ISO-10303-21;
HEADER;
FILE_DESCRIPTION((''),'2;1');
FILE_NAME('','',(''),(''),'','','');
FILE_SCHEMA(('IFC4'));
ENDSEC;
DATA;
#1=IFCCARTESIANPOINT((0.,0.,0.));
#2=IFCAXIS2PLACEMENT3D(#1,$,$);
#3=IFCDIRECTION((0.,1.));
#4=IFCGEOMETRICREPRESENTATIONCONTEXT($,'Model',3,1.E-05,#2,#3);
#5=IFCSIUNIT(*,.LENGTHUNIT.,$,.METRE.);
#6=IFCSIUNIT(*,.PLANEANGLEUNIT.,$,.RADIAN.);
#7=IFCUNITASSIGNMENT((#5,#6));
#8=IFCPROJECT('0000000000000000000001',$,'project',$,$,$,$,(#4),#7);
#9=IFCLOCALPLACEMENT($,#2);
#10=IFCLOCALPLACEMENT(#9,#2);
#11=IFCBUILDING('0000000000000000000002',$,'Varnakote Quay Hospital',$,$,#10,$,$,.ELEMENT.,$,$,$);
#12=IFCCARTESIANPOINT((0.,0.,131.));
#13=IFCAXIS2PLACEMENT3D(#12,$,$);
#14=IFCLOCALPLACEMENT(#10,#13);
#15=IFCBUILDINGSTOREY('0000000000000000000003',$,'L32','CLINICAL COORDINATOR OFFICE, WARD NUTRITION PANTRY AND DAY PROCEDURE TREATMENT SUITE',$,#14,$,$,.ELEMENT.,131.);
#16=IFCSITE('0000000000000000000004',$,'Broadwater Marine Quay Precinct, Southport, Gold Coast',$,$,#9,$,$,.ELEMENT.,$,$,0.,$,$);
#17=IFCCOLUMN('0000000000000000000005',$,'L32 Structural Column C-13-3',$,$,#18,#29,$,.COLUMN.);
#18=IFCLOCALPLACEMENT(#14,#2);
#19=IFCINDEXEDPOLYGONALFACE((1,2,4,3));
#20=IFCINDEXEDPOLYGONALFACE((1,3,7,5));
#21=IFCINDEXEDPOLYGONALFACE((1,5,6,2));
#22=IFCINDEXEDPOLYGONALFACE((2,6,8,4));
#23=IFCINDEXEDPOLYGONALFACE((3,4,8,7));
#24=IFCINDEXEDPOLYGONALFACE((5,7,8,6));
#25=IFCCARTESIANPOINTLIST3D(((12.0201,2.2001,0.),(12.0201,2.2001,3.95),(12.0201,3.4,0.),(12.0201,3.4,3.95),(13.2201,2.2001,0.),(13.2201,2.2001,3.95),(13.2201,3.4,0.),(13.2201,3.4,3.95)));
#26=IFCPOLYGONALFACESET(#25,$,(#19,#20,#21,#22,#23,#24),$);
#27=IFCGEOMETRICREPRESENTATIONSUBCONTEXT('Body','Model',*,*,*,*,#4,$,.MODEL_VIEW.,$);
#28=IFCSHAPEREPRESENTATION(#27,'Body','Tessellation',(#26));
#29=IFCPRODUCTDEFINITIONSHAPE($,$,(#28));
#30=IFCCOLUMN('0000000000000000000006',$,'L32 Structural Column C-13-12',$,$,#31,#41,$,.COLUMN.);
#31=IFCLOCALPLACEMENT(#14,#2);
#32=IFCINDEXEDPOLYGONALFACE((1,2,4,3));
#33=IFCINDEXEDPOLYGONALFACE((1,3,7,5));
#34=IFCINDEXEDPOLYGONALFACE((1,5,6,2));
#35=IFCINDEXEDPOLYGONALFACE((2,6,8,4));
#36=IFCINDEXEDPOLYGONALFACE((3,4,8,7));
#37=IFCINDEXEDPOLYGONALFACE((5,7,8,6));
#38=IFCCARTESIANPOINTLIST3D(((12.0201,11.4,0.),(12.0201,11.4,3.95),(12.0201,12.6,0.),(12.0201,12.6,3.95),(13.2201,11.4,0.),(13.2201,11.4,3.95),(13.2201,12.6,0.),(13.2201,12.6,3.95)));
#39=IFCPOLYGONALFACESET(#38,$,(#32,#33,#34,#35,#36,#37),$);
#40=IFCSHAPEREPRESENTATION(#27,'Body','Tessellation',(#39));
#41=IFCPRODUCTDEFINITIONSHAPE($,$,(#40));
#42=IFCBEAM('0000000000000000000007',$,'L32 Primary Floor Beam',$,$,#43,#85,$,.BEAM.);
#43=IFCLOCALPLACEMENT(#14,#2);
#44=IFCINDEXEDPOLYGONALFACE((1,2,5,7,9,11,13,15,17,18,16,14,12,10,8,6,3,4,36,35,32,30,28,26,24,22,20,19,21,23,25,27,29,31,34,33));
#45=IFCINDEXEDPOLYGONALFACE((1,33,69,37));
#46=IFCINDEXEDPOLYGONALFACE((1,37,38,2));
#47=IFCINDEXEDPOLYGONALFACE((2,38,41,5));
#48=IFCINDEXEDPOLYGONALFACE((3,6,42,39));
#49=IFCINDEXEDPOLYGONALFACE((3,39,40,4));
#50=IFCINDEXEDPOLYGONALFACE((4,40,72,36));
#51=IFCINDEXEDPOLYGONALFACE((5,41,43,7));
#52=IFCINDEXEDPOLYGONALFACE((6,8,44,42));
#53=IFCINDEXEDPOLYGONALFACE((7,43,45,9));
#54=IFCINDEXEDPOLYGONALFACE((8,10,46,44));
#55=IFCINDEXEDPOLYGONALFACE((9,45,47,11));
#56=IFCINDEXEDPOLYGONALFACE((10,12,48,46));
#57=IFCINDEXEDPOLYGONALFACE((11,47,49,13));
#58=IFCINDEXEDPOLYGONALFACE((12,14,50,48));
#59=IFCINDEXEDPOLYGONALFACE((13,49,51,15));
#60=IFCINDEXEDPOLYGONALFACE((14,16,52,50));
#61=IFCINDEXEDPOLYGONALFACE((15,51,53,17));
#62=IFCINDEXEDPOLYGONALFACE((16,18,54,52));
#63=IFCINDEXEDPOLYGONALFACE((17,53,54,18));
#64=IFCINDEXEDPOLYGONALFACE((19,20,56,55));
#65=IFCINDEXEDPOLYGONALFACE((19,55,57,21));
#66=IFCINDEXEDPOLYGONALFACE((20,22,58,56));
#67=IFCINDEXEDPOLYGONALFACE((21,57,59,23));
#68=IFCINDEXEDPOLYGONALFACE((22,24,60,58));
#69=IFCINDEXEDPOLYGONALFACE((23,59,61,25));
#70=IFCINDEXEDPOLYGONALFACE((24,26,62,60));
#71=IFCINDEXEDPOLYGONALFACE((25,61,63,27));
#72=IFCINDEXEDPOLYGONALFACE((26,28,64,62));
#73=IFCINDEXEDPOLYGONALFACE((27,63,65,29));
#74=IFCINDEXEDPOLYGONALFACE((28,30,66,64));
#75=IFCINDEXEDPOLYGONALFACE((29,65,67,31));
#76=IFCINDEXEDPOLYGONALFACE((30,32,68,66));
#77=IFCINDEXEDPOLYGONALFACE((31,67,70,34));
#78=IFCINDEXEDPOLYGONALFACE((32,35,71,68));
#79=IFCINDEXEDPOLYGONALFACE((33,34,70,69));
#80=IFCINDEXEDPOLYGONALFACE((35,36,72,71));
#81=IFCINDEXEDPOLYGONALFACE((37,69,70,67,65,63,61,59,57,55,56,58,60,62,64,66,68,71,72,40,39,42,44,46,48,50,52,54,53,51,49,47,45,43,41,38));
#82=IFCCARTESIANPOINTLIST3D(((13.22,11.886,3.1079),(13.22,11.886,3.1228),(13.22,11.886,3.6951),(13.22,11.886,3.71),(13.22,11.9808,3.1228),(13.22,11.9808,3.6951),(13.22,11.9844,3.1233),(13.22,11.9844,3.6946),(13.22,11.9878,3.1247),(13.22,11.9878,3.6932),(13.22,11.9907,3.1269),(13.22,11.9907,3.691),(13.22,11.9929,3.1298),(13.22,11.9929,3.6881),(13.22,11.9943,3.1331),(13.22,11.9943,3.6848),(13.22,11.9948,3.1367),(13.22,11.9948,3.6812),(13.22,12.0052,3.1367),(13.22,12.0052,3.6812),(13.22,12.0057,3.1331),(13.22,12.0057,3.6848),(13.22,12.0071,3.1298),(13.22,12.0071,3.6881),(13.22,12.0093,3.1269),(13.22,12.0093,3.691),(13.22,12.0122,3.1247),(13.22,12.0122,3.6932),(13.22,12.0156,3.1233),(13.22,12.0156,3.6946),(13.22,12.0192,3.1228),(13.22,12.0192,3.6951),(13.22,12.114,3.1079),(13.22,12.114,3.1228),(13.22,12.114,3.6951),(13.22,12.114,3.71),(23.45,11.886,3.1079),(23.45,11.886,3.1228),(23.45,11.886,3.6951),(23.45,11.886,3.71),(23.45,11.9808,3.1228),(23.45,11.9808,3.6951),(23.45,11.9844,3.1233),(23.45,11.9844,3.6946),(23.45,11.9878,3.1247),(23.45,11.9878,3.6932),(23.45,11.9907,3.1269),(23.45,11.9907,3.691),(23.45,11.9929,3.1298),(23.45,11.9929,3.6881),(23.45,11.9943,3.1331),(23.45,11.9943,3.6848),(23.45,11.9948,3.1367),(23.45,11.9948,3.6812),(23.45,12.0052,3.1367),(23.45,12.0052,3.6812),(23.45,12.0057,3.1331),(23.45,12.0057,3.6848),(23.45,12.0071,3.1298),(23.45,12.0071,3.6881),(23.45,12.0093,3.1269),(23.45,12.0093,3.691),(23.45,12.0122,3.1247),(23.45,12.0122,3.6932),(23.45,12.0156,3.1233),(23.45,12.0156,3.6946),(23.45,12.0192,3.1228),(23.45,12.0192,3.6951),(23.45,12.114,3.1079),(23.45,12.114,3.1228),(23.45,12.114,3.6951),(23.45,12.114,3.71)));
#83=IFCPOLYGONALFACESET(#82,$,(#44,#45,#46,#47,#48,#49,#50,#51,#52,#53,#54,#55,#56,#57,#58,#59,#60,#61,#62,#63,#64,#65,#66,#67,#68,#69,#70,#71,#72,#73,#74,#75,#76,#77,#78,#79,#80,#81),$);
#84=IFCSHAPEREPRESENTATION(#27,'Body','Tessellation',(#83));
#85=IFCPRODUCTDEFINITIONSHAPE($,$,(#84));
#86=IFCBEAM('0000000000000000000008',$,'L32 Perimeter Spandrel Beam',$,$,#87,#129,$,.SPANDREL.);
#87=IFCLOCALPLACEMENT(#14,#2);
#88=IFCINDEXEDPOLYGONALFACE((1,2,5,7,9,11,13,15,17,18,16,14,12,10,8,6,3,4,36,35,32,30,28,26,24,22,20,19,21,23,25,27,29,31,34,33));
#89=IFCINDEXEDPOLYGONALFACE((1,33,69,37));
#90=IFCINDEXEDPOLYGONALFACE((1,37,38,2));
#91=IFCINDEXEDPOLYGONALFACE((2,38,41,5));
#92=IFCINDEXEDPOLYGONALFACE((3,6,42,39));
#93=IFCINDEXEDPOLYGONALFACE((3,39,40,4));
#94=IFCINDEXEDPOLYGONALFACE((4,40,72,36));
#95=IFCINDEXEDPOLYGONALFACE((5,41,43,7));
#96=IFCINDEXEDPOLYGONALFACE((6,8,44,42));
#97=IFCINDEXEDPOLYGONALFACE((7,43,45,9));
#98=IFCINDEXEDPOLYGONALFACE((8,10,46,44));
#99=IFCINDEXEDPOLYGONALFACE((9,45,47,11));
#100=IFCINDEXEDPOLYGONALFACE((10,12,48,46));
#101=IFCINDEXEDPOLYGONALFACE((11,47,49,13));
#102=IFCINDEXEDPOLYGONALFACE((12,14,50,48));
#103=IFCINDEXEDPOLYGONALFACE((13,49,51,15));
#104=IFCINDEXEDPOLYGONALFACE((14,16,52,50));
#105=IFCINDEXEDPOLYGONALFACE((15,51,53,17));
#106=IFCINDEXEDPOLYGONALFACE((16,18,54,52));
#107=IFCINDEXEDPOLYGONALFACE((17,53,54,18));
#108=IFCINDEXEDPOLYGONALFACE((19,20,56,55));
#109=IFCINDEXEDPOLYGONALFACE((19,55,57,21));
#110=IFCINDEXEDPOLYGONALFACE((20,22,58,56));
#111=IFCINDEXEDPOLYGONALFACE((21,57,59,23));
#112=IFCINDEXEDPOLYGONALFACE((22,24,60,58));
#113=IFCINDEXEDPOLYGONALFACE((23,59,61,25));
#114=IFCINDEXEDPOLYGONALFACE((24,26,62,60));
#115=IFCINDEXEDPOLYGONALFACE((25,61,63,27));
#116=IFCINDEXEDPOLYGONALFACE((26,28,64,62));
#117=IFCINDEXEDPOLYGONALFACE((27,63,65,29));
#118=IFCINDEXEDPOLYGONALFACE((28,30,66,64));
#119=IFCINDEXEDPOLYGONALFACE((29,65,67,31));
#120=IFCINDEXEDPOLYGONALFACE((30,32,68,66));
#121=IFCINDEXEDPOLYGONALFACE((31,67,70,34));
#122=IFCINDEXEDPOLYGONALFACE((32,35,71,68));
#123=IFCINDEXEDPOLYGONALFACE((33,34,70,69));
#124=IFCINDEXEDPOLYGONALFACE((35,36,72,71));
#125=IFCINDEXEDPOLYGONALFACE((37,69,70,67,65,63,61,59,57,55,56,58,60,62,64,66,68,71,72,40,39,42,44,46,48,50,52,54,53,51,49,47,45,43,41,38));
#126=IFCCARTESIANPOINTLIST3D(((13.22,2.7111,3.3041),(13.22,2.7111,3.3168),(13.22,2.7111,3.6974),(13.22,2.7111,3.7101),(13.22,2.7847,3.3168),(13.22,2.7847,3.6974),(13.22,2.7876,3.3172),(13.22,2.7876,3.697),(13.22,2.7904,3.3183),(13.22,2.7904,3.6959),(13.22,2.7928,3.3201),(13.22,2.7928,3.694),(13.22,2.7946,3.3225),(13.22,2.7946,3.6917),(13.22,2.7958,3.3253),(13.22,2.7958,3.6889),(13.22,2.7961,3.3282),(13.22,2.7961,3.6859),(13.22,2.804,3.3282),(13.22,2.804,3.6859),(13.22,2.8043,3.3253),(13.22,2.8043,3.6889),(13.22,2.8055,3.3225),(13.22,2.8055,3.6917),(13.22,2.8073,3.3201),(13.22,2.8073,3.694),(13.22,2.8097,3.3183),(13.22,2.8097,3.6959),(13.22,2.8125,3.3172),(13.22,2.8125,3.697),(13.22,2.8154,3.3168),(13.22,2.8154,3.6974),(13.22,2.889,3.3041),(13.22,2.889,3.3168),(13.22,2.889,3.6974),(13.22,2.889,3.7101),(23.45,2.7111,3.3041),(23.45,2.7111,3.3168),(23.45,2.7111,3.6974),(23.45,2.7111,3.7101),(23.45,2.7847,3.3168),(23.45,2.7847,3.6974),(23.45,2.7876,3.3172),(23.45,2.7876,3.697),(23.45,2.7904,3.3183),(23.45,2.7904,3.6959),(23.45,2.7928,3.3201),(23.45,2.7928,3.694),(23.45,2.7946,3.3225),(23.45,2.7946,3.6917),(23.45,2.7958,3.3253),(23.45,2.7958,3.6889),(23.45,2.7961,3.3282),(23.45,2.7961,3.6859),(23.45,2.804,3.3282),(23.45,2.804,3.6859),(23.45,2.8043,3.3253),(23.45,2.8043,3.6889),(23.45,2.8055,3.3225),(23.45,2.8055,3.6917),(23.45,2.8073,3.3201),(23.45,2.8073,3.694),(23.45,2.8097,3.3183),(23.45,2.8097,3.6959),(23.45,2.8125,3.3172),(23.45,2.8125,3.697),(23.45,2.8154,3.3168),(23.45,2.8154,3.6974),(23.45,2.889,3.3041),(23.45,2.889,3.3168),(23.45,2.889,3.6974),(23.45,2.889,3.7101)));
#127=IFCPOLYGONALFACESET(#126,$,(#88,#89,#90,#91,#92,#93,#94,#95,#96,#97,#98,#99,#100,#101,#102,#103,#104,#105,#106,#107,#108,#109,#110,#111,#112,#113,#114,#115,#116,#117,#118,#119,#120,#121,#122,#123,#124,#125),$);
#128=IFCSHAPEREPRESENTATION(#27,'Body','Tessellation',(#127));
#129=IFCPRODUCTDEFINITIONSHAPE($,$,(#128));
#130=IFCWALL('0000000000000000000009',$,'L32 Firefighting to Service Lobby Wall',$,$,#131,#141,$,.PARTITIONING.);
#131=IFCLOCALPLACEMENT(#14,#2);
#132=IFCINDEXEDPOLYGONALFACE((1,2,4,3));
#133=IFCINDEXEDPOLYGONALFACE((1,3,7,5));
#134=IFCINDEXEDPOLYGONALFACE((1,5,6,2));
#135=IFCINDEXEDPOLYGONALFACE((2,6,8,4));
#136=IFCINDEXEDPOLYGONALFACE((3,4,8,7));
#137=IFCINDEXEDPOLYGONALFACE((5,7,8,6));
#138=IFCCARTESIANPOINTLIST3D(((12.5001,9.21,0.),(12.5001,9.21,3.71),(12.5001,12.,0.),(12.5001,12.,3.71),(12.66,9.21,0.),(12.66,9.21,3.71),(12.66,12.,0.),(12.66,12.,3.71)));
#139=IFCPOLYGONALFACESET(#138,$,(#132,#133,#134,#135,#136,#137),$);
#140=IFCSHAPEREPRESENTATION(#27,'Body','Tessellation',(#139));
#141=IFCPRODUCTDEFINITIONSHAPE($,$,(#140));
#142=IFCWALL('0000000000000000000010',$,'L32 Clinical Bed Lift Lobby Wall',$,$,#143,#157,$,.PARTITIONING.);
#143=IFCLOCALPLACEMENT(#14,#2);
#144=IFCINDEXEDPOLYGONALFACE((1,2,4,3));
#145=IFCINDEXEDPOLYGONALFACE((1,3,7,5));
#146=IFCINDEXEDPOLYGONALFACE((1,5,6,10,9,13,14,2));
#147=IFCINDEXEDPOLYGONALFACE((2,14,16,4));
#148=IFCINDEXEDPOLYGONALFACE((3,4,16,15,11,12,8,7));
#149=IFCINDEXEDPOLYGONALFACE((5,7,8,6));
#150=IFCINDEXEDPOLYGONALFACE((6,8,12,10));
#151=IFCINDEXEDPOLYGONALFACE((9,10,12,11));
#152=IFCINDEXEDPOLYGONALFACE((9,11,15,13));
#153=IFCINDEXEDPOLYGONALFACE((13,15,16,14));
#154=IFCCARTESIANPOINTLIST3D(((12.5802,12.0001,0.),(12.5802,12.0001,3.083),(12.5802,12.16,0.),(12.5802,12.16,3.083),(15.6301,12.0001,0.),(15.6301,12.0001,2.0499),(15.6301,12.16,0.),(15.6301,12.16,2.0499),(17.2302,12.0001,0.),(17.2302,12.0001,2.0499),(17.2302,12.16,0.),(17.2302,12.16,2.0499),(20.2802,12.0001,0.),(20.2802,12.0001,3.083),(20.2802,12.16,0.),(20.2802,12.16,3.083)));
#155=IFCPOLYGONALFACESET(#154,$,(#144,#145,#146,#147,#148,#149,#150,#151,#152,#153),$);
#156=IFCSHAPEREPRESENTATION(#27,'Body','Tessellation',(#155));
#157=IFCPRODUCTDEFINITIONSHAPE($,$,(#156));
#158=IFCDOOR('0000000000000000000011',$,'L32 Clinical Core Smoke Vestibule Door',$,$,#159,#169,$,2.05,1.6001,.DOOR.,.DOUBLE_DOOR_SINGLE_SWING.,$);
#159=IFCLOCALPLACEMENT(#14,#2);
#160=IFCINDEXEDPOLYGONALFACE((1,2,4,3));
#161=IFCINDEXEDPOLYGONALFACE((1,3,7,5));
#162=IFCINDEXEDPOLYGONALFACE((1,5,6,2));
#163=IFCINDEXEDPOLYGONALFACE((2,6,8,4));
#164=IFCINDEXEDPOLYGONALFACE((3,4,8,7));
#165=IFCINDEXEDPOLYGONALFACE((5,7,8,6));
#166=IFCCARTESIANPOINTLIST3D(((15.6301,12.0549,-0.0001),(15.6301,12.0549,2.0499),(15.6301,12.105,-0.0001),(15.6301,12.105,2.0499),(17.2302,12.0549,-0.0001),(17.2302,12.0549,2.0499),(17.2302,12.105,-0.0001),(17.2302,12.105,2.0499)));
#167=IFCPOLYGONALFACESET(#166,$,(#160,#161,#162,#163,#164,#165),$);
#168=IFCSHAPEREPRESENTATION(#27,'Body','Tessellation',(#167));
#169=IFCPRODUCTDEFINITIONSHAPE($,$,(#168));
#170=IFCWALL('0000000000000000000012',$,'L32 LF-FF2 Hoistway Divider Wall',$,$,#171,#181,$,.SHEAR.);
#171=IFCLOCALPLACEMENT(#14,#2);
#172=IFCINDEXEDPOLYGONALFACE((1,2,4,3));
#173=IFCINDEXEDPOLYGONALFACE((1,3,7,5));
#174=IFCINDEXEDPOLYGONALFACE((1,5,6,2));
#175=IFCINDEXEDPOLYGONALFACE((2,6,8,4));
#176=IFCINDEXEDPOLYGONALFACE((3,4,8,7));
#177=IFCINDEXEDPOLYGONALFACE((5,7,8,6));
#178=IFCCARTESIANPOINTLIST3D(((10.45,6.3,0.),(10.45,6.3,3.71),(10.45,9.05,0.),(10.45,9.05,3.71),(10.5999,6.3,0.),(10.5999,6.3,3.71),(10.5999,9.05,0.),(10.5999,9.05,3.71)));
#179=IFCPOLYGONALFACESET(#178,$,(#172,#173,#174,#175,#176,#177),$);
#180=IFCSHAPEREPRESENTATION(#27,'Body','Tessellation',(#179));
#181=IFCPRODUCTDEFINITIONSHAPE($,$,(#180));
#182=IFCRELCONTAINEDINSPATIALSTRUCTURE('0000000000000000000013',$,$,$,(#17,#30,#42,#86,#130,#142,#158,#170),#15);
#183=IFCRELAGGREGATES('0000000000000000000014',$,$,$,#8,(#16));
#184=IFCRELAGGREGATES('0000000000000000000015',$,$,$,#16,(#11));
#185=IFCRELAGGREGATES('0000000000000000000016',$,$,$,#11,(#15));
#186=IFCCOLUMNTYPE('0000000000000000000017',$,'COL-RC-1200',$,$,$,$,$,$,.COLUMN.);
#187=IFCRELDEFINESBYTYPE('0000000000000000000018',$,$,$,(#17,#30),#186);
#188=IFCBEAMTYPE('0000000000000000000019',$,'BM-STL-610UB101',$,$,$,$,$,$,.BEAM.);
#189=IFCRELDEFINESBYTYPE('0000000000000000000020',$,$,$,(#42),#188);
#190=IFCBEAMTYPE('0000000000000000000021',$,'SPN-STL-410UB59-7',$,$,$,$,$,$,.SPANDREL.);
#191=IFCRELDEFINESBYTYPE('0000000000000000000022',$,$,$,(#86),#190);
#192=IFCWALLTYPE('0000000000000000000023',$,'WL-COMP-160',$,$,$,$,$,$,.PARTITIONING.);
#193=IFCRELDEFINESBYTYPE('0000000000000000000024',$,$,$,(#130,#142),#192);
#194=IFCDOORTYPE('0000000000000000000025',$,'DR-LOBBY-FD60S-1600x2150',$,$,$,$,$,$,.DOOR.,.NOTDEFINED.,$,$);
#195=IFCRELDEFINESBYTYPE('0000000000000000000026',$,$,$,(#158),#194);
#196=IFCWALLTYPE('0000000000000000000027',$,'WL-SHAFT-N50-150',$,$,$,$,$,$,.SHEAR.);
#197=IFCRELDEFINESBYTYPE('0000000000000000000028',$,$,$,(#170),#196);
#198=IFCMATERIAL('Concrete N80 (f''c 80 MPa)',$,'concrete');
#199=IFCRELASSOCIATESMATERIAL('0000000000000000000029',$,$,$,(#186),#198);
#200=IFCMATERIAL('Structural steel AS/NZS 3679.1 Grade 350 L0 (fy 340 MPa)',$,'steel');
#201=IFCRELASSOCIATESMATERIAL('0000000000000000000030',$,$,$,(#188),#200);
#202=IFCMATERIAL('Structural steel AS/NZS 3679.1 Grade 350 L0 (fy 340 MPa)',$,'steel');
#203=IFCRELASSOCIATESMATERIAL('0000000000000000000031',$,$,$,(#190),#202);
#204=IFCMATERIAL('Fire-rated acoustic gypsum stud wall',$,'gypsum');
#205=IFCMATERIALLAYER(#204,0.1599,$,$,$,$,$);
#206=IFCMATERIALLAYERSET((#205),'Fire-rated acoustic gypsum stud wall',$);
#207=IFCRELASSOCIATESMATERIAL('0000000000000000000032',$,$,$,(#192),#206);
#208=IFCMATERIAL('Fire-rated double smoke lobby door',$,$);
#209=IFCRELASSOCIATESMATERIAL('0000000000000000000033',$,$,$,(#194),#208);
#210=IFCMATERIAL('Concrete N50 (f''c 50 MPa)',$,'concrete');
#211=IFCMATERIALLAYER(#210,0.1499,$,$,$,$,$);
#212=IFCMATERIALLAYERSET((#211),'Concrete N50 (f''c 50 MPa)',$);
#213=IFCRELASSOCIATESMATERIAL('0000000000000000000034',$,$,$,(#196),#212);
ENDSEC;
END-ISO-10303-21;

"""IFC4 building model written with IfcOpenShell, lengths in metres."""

from ifc_helpers import new_model, si_unit, direction, frame, frame_2d, origin, origin_2d, place, context, subcontext, project, spatial, rectangle, i_section, extrude, material, layer, layer_set, material_profile, profile_set, type_object, element, fill, save


model = new_model("IFC4")

# Units and contexts
model_context = context("Model", 3, precision=1e-05, world=origin(), true_north=direction((0.0, 1.0)))
body_context = subcontext(model_context, "Body", "Model", "MODEL_VIEW")
ifc_project = project(units=[si_unit("LENGTHUNIT", "METRE"), si_unit("PLANEANGLEUNIT", "RADIAN")], contexts=[model_context])

# Site, building, storey
site_placement = place(None, origin())
site = spatial("IfcSite", under=ifc_project, at=site_placement, Name="Broadwater Marine Quay Precinct, Southport, Gold Coast", CompositionType="ELEMENT", RefElevation=0.0)
building_placement = place(site_placement, origin())
building = spatial("IfcBuilding", under=site, at=building_placement, Name="Varnakote Quay Hospital", CompositionType="ELEMENT")
storey_placement = place(building_placement, frame((0.0, 0.0, 131.0)))
storey = spatial("IfcBuildingStorey", under=building, at=storey_placement, Name="L32", Description="CLINICAL COORDINATOR OFFICE, WARD NUTRITION PANTRY AND DAY PROCEDURE TREATMENT SUITE", CompositionType="ELEMENT", Elevation=131.0)

# Columns
ifc_material_1 = material(Name="Concrete N80 (f'c 80 MPa)", Category="concrete")
ifc_material_profile_1 = material_profile(ifc_material_1, rectangle(XDim=1.2, YDim=1.2, at=origin_2d()), Name="RC-COL-1200x1200")
ifc_profile_set_1 = profile_set([ifc_material_profile_1], Name="Concrete N80 (f'c 80 MPa)")
column_type = type_object("IfcColumnType", Name="COL-RC-1200", PredefinedType="COLUMN", material=ifc_profile_set_1)
for number, where, z_axis, x_axis, name in (
    (1, (12.6201, 2.8, 0.0), (0.0, 0.0, 1.0), (1.0, 0.0, 0.0), "L32 Structural Column C-13-3"),
    (2, (12.6201, 12.0, 0.0), (0.0, 0.0, 1.0), (1.0, 0.0, 0.0), "L32 Structural Column C-13-12"),
):
    element("IfcColumn", number, at=place(storey_placement, frame(where, z_axis=z_axis, x_axis=x_axis)), inside=storey, type_object=column_type, Name=name, PredefinedType="COLUMN", context=body_context, shape_type="SweptSolid", body=[
        extrude(rectangle(XDim=1.2, YDim=1.2, at=origin_2d()), origin(), (0.0, 0.0, 1.0), 3.95),
    ])

# Beams
ifc_material_2 = material(Name="Structural steel AS/NZS 3679.1 Grade 350 L0 (fy 340 MPa)", Category="steel")
ifc_material_profile_2 = material_profile(ifc_material_2, i_section(OverallWidth=0.228, OverallDepth=0.6021, WebThickness=0.0105, FlangeThickness=0.0149, FilletRadius=0.0139, at=origin_2d()), Name="610UB101")
ifc_profile_set_2 = profile_set([ifc_material_profile_2], Name="Structural steel AS/NZS 3679.1 Grade 350 L0 (fy 340 MPa)")
beam_type_1 = type_object("IfcBeamType", Name="BM-STL-610UB101", PredefinedType="BEAM", material=ifc_profile_set_2)
beam_1_placement = place(storey_placement, frame((13.22, 12.0, 3.4089), z_axis=(1.0, 0.0, 0.0), x_axis=(0.0, 1.0, 0.0)))
element("IfcBeam", 3, at=beam_1_placement, inside=storey, type_object=beam_type_1, Name="L32 Primary Floor Beam", PredefinedType="BEAM", context=body_context, shape_type="SweptSolid", body=[
    extrude(i_section(OverallWidth=0.228, OverallDepth=0.6021, WebThickness=0.0105, FlangeThickness=0.0149, FilletRadius=0.0139, at=origin_2d()), origin(), (0.0, 0.0, 1.0), 10.23),
])
ifc_material_3 = material(Name="Structural steel AS/NZS 3679.1 Grade 350 L0 (fy 340 MPa)", Category="steel")
ifc_material_profile_3 = material_profile(ifc_material_3, i_section(OverallWidth=0.178, OverallDepth=0.406, WebThickness=0.0078, FlangeThickness=0.0127, FilletRadius=0.0115, at=origin_2d()), Name="410UB59.7")
ifc_profile_set_3 = profile_set([ifc_material_profile_3], Name="Structural steel AS/NZS 3679.1 Grade 350 L0 (fy 340 MPa)")
beam_type_2 = type_object("IfcBeamType", Name="SPN-STL-410UB59-7", PredefinedType="SPANDREL", material=ifc_profile_set_3)
beam_2_placement = place(storey_placement, frame((13.22, 2.8, 3.5071), z_axis=(1.0, 0.0, 0.0), x_axis=(0.0, 1.0, 0.0)))
element("IfcBeam", 4, at=beam_2_placement, inside=storey, type_object=beam_type_2, Name="L32 Perimeter Spandrel Beam", PredefinedType="SPANDREL", context=body_context, shape_type="SweptSolid", body=[
    extrude(i_section(OverallWidth=0.178, OverallDepth=0.406, WebThickness=0.0078, FlangeThickness=0.0127, FilletRadius=0.0115, at=origin_2d()), origin(), (0.0, 0.0, 1.0), 10.23),
])

# Wall
ifc_material_4 = material(Name="Fire-rated acoustic gypsum stud wall", Category="gypsum")
ifc_layer_1 = layer(ifc_material_4, 0.1599)
ifc_layer_set_1 = layer_set([ifc_layer_1], Name="Fire-rated acoustic gypsum stud wall")
wall_type_1 = type_object("IfcWallType", Name="WL-COMP-160", PredefinedType="PARTITIONING", material=ifc_layer_set_1)
wall_1_placement = place(storey_placement, frame((12.5801, 9.21, 0.0), z_axis=(0.0, 0.0, 1.0), x_axis=(0.0, 1.0, 0.0)))
element("IfcWall", 5, at=wall_1_placement, inside=storey, type_object=wall_type_1, Name="L32 Firefighting to Service Lobby Wall", PredefinedType="PARTITIONING", context=body_context, shape_type="SweptSolid", body=[
    extrude(rectangle(XDim=2.79, YDim=0.1599, at=frame_2d((1.395, 0.0))), origin(), (0.0, 0.0, 1.0), 3.71),
])

# Wall, opening, door
wall_2_placement = place(storey_placement, frame((12.5801, 12.0801, 0.0), z_axis=(0.0, 0.0, 1.0), x_axis=(1.0, 0.0, 0.0)))
wall_2 = element("IfcWall", 6, at=wall_2_placement, inside=storey, type_object=wall_type_1, Name="L32 Clinical Bed Lift Lobby Wall", PredefinedType="PARTITIONING", context=body_context, shape_type="SweptSolid", body=[
    extrude(rectangle(XDim=7.7, YDim=0.1599, at=frame_2d((3.8501, 0.0))), origin(), (0.0, 0.0, 1.0), 3.083),
])
opening_1_placement = place(wall_2_placement, frame((3.05, 0.0, 0.0)))
opening_1 = element("IfcOpeningElement", 7, at=opening_1_placement, cuts=wall_2, PredefinedType="OPENING", context=body_context, shape_type="SweptSolid", body=[
    extrude(rectangle(XDim=1.6001, YDim=2.05, at=frame_2d((0.8, 1.0249))), frame((0.0, 0.0898, 0.0), z_axis=(0.0, -1.0, 0.0), x_axis=(1.0, 0.0, 0.0)), (0.0, 0.0, 1.0), 0.1799),
])
ifc_material_5 = material(Name="Fire-rated double smoke lobby door")
door_type_1 = type_object("IfcDoorType", Name="DR-LOBBY-FD60S-1600x2150", OperationType="NOTDEFINED", PredefinedType="DOOR", material=ifc_material_5)
door_1_placement = place(opening_1_placement, origin())
door_1 = element("IfcDoor", 8, at=door_1_placement, inside=storey, type_object=door_type_1, Name="L32 Clinical Core Smoke Vestibule Door", OperationType="DOUBLE_DOOR_SINGLE_SWING", OverallHeight=2.05, OverallWidth=1.6001, PredefinedType="DOOR", context=body_context, shape_type="SweptSolid", body=[
    extrude(rectangle(XDim=1.6001, YDim=2.05, at=frame_2d((0.8, 1.0249))), frame((0.0, 0.0249, 0.0), z_axis=(0.0, -1.0, 0.0), x_axis=(1.0, 0.0, 0.0)), (0.0, 0.0, 1.0), 0.05),
])
fill(opening_1, door_1)

# Wall
ifc_material_6 = material(Name="Concrete N50 (f'c 50 MPa)", Category="concrete")
ifc_layer_2 = layer(ifc_material_6, 0.1499)
ifc_layer_set_2 = layer_set([ifc_layer_2], Name="Concrete N50 (f'c 50 MPa)")
wall_type_2 = type_object("IfcWallType", Name="WL-SHAFT-N50-150", PredefinedType="SHEAR", material=ifc_layer_set_2)
for number, where, z_axis, x_axis, name in (
    (9, (10.5249, 6.3, 0.0), (0.0, 0.0, 1.0), (0.0, 1.0, 0.0), "L32 LF-FF2 Hoistway Divider Wall"),
):
    element("IfcWall", number, at=place(storey_placement, frame(where, z_axis=z_axis, x_axis=x_axis)), inside=storey, type_object=wall_type_2, Name=name, PredefinedType="SHEAR", context=body_context, shape_type="SweptSolid", body=[
        extrude(rectangle(XDim=2.75, YDim=0.1499, at=frame_2d((1.375, 0.0))), origin(), (0.0, 0.0, 1.0), 3.71),
    ])

save(model, "model.ifc")
